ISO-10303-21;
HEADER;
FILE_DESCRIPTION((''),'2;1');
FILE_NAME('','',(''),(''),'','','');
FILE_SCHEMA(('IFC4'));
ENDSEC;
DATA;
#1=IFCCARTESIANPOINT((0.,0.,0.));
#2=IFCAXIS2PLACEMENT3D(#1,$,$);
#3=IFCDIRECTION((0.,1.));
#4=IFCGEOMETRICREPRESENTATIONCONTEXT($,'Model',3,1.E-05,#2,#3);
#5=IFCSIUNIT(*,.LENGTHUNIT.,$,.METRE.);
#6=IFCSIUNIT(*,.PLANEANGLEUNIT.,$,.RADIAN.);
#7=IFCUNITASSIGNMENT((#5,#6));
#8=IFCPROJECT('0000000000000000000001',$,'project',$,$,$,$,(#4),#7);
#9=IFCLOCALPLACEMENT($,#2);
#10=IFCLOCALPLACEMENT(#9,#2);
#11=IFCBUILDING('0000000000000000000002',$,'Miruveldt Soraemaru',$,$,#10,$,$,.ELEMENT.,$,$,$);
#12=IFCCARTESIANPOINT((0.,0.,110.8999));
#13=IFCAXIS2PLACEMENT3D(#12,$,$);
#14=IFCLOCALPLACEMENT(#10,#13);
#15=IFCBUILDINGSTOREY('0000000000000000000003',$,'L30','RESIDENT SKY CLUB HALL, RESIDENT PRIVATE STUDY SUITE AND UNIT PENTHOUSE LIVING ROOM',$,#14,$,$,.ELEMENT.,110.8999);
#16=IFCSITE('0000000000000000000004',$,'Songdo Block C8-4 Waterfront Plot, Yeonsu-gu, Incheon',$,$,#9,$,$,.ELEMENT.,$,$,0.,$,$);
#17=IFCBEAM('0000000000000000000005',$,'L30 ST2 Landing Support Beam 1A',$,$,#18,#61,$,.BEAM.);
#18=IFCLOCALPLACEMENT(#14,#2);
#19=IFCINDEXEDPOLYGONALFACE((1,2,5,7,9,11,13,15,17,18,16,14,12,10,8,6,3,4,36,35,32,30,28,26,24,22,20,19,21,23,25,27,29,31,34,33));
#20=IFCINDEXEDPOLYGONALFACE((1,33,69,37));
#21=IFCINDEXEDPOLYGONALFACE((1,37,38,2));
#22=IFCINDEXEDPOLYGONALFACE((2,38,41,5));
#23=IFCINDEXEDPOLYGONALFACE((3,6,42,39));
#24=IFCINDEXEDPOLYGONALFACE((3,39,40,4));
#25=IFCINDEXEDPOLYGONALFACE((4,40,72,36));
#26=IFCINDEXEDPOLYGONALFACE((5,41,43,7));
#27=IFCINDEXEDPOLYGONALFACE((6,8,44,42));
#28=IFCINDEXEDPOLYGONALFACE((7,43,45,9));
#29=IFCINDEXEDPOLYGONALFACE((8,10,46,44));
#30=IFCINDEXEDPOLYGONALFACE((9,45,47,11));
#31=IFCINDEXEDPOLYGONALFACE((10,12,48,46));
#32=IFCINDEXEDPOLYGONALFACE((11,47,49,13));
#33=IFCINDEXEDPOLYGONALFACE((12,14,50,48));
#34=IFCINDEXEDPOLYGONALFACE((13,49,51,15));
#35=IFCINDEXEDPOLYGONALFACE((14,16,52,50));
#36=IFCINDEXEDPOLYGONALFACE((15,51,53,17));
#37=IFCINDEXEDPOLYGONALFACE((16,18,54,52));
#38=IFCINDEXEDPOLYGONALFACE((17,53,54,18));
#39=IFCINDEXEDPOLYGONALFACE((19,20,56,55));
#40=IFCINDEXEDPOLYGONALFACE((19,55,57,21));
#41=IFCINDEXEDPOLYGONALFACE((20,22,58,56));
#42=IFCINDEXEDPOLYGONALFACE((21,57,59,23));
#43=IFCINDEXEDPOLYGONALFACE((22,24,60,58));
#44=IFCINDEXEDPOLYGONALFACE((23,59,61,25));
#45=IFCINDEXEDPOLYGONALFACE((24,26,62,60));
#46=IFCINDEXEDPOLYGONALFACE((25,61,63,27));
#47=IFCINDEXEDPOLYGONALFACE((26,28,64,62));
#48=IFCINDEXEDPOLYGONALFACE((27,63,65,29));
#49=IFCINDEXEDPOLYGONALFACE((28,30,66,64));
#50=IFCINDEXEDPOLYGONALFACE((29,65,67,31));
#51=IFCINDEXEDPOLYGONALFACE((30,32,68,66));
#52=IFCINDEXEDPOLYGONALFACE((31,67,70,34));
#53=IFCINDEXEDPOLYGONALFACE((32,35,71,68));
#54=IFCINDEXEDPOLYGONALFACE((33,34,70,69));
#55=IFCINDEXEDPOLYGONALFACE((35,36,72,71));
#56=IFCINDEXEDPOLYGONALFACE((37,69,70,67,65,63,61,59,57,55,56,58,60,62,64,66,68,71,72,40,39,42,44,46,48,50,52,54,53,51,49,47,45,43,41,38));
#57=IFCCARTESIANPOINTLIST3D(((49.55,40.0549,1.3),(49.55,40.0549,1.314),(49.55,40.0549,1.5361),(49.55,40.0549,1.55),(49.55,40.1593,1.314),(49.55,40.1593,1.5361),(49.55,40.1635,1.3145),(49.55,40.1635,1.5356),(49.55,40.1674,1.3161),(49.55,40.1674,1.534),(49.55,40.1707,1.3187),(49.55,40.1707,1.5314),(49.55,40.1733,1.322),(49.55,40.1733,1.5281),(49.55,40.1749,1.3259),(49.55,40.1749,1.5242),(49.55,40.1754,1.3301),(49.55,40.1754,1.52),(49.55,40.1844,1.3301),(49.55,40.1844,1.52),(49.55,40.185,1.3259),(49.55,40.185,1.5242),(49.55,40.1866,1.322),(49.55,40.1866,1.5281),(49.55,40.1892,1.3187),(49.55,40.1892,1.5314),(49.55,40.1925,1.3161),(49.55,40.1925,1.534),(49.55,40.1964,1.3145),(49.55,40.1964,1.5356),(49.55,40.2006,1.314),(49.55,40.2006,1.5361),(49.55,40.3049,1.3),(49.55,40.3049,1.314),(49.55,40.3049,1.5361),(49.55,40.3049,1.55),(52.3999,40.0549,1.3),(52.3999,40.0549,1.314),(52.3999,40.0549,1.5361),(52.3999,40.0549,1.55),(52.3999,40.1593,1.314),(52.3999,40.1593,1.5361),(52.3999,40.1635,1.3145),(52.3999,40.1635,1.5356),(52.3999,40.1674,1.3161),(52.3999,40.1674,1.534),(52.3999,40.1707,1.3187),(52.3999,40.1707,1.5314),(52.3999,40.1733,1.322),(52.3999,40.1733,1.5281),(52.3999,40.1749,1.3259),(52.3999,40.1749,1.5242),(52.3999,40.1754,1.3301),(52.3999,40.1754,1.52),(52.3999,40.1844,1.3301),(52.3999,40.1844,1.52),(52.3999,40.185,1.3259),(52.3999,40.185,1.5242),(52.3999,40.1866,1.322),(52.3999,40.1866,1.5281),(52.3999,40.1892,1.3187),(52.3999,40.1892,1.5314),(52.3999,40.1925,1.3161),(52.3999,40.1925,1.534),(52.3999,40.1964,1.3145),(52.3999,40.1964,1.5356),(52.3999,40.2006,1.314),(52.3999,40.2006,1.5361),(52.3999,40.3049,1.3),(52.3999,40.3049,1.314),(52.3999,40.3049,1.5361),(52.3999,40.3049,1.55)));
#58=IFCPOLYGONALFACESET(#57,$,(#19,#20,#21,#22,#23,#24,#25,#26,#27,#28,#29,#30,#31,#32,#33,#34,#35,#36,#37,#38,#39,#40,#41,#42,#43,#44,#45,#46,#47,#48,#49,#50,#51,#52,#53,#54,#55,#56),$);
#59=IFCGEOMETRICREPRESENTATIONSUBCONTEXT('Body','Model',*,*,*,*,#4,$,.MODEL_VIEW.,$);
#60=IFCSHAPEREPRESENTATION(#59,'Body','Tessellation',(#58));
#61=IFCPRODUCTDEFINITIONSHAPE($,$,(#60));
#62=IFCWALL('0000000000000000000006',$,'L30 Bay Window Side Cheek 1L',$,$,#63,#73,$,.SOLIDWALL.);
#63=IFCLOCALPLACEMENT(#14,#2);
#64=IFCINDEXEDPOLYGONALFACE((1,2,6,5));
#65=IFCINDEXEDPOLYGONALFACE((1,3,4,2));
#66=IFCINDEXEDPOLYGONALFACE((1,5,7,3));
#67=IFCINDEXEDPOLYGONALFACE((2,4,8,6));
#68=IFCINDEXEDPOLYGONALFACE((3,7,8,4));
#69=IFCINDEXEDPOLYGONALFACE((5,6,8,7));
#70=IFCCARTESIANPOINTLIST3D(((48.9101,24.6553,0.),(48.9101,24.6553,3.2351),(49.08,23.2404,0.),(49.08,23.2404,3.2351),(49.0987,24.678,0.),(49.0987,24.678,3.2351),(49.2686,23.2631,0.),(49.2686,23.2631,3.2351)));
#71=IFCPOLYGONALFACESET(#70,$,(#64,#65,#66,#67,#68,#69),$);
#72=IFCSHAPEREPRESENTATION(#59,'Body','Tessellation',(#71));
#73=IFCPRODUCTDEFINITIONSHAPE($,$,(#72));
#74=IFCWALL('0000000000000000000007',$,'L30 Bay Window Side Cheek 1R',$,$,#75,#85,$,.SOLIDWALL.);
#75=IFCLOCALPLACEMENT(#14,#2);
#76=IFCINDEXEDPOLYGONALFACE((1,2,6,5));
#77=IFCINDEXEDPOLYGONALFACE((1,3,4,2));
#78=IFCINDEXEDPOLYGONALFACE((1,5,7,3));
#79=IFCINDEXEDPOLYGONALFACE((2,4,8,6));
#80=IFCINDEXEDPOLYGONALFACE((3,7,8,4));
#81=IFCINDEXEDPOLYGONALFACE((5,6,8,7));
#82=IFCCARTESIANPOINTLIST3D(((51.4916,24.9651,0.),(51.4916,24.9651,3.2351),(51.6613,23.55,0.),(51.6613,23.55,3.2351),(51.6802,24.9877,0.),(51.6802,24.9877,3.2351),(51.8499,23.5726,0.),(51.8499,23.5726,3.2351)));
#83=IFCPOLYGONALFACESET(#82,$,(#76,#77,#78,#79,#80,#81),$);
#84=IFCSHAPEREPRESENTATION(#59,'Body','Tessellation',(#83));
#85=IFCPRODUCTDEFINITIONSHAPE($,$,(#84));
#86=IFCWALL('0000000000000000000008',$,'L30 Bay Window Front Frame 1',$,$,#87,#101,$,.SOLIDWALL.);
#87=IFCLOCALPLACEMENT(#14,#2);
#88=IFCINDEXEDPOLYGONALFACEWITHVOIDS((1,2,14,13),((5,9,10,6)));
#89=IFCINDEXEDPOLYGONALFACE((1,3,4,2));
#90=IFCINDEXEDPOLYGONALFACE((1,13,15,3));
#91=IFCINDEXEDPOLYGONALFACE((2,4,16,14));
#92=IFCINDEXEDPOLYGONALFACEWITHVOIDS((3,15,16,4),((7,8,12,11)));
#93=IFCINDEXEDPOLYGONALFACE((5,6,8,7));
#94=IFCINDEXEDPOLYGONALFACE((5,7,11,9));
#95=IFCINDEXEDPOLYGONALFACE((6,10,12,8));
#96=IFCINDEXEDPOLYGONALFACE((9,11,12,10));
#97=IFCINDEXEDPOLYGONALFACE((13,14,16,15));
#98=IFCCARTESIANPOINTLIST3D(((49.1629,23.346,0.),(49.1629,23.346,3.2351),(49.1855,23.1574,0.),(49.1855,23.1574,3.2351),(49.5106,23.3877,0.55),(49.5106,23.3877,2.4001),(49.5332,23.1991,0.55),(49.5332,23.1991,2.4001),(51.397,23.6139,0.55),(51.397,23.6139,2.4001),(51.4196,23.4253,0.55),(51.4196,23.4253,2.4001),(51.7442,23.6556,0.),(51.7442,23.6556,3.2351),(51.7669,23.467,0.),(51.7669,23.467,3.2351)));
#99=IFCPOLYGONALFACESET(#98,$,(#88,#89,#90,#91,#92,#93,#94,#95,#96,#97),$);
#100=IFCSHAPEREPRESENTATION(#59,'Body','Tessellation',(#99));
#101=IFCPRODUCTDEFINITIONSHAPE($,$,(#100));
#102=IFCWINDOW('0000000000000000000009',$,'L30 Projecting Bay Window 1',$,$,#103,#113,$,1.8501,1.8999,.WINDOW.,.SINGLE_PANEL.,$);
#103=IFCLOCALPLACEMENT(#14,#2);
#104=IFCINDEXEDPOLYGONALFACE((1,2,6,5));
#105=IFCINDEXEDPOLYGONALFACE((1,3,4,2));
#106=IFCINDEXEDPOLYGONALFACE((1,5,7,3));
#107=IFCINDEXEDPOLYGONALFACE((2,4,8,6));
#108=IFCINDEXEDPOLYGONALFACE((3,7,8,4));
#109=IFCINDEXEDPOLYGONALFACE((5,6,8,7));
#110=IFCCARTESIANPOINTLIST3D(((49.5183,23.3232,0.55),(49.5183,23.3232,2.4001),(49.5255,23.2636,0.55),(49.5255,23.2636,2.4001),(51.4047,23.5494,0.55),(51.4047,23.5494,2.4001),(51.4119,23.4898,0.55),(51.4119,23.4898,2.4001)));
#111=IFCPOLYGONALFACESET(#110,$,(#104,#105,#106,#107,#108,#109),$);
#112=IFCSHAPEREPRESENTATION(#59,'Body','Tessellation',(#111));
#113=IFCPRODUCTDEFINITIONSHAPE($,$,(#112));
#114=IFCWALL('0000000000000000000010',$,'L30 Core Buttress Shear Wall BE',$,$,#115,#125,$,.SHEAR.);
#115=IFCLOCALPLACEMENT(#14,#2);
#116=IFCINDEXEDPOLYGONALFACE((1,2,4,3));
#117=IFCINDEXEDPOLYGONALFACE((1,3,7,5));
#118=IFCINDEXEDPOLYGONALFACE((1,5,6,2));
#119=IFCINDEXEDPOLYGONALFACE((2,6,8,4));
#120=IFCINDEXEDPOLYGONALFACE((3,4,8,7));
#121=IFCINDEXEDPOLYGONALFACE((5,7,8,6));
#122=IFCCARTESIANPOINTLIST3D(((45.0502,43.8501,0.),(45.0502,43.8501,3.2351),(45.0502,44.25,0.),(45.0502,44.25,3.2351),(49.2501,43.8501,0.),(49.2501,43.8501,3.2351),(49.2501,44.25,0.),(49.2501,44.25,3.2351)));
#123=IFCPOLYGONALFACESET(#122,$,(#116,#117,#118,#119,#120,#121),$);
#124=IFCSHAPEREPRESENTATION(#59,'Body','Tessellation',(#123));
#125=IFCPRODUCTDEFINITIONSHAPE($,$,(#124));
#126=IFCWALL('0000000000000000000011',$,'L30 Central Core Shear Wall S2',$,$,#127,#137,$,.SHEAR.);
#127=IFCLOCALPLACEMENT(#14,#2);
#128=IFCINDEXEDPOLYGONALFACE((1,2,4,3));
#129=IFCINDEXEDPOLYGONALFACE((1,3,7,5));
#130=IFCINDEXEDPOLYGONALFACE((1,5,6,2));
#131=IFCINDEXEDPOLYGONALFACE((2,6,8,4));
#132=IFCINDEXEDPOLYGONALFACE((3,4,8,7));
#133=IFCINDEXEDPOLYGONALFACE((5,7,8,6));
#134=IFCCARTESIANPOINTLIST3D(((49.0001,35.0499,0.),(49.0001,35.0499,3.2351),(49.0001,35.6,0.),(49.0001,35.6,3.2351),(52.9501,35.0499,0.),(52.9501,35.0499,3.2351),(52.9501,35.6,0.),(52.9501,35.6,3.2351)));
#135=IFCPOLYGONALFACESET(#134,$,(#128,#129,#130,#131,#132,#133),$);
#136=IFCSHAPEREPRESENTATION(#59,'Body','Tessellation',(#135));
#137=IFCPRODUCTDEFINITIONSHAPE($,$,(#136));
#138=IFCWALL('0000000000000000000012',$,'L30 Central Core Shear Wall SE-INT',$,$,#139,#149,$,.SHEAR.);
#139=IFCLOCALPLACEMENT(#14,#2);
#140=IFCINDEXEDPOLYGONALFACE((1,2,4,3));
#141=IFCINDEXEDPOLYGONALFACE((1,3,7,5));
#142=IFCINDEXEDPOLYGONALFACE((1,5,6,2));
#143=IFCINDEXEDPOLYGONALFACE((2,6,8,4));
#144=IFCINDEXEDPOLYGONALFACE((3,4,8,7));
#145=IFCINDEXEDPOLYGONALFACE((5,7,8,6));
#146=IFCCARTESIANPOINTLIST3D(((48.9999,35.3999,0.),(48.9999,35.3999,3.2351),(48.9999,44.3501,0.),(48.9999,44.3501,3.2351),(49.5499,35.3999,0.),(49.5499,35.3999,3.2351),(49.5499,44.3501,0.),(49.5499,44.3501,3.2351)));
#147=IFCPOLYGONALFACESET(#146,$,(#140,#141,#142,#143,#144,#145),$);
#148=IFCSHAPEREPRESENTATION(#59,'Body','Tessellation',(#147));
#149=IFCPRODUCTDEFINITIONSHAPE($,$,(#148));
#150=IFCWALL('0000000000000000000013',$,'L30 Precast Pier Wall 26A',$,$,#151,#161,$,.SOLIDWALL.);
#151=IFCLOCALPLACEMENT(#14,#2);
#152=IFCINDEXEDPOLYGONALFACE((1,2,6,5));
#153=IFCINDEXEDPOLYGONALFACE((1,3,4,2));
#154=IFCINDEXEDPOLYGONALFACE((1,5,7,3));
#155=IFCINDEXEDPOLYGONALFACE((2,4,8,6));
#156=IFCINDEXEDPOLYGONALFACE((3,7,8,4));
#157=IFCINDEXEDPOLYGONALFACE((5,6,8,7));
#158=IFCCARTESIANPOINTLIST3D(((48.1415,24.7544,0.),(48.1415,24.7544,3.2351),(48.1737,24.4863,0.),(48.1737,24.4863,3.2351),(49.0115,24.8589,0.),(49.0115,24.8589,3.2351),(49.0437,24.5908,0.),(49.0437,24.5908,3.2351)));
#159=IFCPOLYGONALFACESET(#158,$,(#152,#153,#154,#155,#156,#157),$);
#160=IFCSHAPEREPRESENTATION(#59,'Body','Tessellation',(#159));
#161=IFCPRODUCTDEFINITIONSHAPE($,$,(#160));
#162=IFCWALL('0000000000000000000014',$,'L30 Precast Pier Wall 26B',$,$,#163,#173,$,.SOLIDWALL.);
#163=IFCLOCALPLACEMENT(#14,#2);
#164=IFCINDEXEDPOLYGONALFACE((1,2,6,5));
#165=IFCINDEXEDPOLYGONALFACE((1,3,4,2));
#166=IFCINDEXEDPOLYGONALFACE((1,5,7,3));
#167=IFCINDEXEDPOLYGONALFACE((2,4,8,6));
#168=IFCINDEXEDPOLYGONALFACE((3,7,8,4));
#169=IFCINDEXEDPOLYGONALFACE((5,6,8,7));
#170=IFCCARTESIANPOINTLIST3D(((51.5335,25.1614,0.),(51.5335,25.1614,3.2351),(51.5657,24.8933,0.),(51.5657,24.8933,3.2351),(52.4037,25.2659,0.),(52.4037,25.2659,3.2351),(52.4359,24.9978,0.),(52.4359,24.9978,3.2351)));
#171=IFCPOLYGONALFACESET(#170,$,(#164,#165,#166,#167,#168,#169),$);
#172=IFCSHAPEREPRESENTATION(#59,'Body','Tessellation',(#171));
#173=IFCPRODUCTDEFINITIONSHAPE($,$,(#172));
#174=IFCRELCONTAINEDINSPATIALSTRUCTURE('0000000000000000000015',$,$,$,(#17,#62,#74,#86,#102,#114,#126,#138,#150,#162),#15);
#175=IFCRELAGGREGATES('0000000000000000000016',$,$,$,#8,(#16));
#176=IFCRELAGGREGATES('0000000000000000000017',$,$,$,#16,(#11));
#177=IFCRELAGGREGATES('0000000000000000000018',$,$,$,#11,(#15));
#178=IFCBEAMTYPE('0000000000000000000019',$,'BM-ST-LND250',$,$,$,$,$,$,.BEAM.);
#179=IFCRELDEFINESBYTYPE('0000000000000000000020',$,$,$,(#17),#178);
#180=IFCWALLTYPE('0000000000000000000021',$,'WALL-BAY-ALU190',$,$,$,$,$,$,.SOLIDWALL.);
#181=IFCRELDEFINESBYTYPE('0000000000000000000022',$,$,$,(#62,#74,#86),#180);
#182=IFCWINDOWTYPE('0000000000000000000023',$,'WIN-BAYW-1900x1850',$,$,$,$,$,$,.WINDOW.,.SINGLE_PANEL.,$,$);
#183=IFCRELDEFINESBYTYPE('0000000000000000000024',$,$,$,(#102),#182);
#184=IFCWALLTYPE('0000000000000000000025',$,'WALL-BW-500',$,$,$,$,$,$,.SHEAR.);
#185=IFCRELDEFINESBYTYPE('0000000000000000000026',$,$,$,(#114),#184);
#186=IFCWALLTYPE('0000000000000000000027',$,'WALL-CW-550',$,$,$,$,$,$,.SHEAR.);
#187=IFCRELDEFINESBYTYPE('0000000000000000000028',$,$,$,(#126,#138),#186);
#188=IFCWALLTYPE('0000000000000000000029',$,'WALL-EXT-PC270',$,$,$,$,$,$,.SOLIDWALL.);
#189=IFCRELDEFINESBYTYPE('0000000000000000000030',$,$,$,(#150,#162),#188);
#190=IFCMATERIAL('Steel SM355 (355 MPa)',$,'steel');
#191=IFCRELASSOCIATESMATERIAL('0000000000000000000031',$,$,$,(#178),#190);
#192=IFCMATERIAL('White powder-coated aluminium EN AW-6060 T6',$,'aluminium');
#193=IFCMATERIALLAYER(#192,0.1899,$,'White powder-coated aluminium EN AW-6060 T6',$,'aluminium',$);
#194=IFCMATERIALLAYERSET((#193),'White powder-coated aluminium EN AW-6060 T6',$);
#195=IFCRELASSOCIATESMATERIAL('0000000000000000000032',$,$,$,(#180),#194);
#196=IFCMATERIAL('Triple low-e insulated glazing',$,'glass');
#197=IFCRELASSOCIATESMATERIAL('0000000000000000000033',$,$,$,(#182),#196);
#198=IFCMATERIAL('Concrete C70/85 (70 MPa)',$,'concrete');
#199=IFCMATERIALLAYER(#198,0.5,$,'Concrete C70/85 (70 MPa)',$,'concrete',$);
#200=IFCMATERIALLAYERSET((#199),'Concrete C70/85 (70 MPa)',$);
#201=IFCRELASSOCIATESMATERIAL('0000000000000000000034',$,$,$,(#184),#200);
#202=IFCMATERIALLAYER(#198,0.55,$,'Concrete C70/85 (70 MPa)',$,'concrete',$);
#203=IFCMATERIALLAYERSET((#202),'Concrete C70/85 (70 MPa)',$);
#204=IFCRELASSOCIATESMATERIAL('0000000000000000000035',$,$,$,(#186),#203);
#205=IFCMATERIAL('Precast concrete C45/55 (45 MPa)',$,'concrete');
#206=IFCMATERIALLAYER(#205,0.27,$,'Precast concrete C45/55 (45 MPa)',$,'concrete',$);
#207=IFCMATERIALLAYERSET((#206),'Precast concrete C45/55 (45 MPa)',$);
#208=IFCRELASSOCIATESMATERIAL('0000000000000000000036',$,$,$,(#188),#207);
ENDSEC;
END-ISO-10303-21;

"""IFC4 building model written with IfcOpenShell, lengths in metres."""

from ifc_helpers import new_model, si_unit, direction, frame, frame_2d, origin, origin_2d, place, context, subcontext, project, spatial, rectangle, i_section, extrude, material, layer, layer_set, material_profile, profile_set, type_object, element, fill, save


model = new_model("IFC4")

# Units and contexts
model_context = context("Model", 3, precision=1e-05, world=origin(), true_north=direction((0.0, 1.0)))
body_context = subcontext(model_context, "Body", "Model", "MODEL_VIEW")
ifc_project = project(units=[si_unit("LENGTHUNIT", "METRE"), si_unit("PLANEANGLEUNIT", "RADIAN")], contexts=[model_context])

# Site, building, storey
site_placement = place(None, origin())
site = spatial("IfcSite", under=ifc_project, at=site_placement, Name="Songdo Block C8-4 Waterfront Plot, Yeonsu-gu, Incheon", CompositionType="ELEMENT", RefElevation=0.0)
building_placement = place(site_placement, origin())
building = spatial("IfcBuilding", under=site, at=building_placement, Name="Miruveldt Soraemaru", CompositionType="ELEMENT")
storey_placement = place(building_placement, frame((0.0, 0.0, 110.8999)))
storey = spatial("IfcBuildingStorey", under=building, at=storey_placement, Name="L30", Description="RESIDENT SKY CLUB HALL, RESIDENT PRIVATE STUDY SUITE AND UNIT PENTHOUSE LIVING ROOM", CompositionType="ELEMENT", Elevation=110.8999)

# Shared definitions
ifc_material_1 = material(Name="Concrete C70/85 (70 MPa)", Category="concrete")

# Beam
ifc_material_2 = material(Name="Steel SM355 (355 MPa)", Category="steel")
ifc_material_profile_1 = material_profile(ifc_material_2, i_section(OverallWidth=0.25, OverallDepth=0.25, WebThickness=0.009, FlangeThickness=0.0139, FilletRadius=0.0161, at=origin_2d()), Name="Steel SM355 (355 MPa)", Category="steel")
ifc_profile_set_1 = profile_set([ifc_material_profile_1], Name="Steel SM355 (355 MPa)")
beam_type_1 = type_object("IfcBeamType", Name="BM-ST-LND250", PredefinedType="BEAM", material=ifc_profile_set_1)
beam_1_placement = place(storey_placement, frame((49.55, 40.1799, 1.425), z_axis=(1.0, 0.0, 0.0), x_axis=(0.0, 1.0, 0.0)))
element("IfcBeam", 1, at=beam_1_placement, inside=storey, type_object=beam_type_1, Name="L30 ST2 Landing Support Beam 1A", PredefinedType="BEAM", context=body_context, shape_type="SweptSolid", body=[
    extrude(i_section(OverallWidth=0.25, OverallDepth=0.25, WebThickness=0.009, FlangeThickness=0.0139, FilletRadius=0.0161, at=origin_2d()), origin(), (0.0, 0.0, 1.0), 2.8499),
])

# Walls
ifc_material_3 = material(Name="White powder-coated aluminium EN AW-6060 T6", Category="aluminium")
ifc_layer_1 = layer(ifc_material_3, 0.1899, Name="White powder-coated aluminium EN AW-6060 T6", Category="aluminium")
ifc_layer_set_1 = layer_set([ifc_layer_1], Name="White powder-coated aluminium EN AW-6060 T6")
wall_type_1 = type_object("IfcWallType", Name="WALL-BAY-ALU190", PredefinedType="SOLIDWALL", material=ifc_layer_set_1)
wall_1_placement = place(storey_placement, frame((49.0044, 24.6665, 0.0), z_axis=(0.0, 0.0, 1.0), x_axis=(0.119247, -0.992865, 0.0)))
element("IfcWall", 2, at=wall_1_placement, inside=storey, type_object=wall_type_1, Name="L30 Bay Window Side Cheek 1L", PredefinedType="SOLIDWALL", context=body_context, shape_type="SweptSolid", body=[
    extrude(rectangle(XDim=1.425, YDim=0.1899, at=frame_2d((0.7124, 0.0))), origin(), (0.0, 0.0, 1.0), 3.2351),
])
wall_2_placement = place(storey_placement, frame((51.7556, 23.5613, 0.0), z_axis=(0.0, 0.0, 1.0), x_axis=(-0.119057, 0.992887, 0.0)))
element("IfcWall", 3, at=wall_2_placement, inside=storey, type_object=wall_type_1, Name="L30 Bay Window Side Cheek 1R", PredefinedType="SOLIDWALL", context=body_context, shape_type="SweptSolid", body=[
    extrude(rectangle(XDim=1.4253, YDim=0.1899, at=frame_2d((0.7126, 0.0))), origin(), (0.0, 0.0, 1.0), 3.2351),
])

# Wall, opening, window
wall_3_placement = place(storey_placement, frame((49.1743, 23.2517, 0.0), z_axis=(0.0, 0.0, 1.0), x_axis=(0.992885, 0.119075, 0.0)))
wall_3 = element("IfcWall", 4, at=wall_3_placement, inside=storey, type_object=wall_type_1, Name="L30 Bay Window Front Frame 1", PredefinedType="SOLIDWALL", context=body_context, shape_type="SweptSolid", body=[
    extrude(rectangle(XDim=2.5999, YDim=0.1899, at=frame_2d((1.2998, 0.0))), origin(), (0.0, 0.0, 1.0), 3.2351),
])
opening_1_placement = place(wall_3_placement, frame((0.3501, 0.0, 0.55)))
opening_1 = element("IfcOpeningElement", 5, at=opening_1_placement, cuts=wall_3, PredefinedType="OPENING", context=body_context, shape_type="SweptSolid", body=[
    extrude(rectangle(XDim=1.8999, YDim=1.8501, at=frame_2d((0.95, 0.925))), frame((0.0, 0.105, 0.0), z_axis=(0.0, -1.0, 0.0), x_axis=(1.0, 0.0, 0.0)), (0.0, 0.0, 1.0), 0.21),
])
ifc_material_4 = material(Name="Triple low-e insulated glazing", Category="glass")
window_type_1 = type_object("IfcWindowType", Name="WIN-BAYW-1900x1850", PartitioningType="SINGLE_PANEL", PredefinedType="WINDOW", material=ifc_material_4)
window_1_placement = place(opening_1_placement, origin())
window_1 = element("IfcWindow", 6, at=window_1_placement, inside=storey, type_object=window_type_1, Name="L30 Projecting Bay Window 1", OverallHeight=1.8501, OverallWidth=1.8999, PartitioningType="SINGLE_PANEL", PredefinedType="WINDOW", context=body_context, shape_type="SweptSolid", body=[
    extrude(rectangle(XDim=1.8999, YDim=1.8501, at=frame_2d((0.95, 0.925))), frame((0.0, 0.03, 0.0), z_axis=(0.0, -1.0, 0.0), x_axis=(1.0, 0.0, 0.0)), (0.0, 0.0, 1.0), 0.0601),
])
fill(opening_1, window_1)

# Walls
ifc_layer_2 = layer(ifc_material_1, 0.5, Name="Concrete C70/85 (70 MPa)", Category="concrete")
ifc_layer_set_2 = layer_set([ifc_layer_2], Name="Concrete C70/85 (70 MPa)")
wall_type_2 = type_object("IfcWallType", Name="WALL-BW-500", PredefinedType="SHEAR", material=ifc_layer_set_2)
wall_4_placement = place(storey_placement, frame((45.05, 44.05, 0.0), z_axis=(0.0, 0.0, 1.0), x_axis=(1.0, 0.0, 0.0)))
element("IfcWall", 7, at=wall_4_placement, inside=storey, type_object=wall_type_2, Name="L30 Core Buttress Shear Wall BE", PredefinedType="SHEAR", context=body_context, shape_type="SweptSolid", body=[
    extrude(rectangle(XDim=4.2, YDim=0.3999, at=frame_2d((2.1001, 0.0))), origin(), (0.0, 0.0, 1.0), 3.2351),
])
ifc_layer_3 = layer(ifc_material_1, 0.55, Name="Concrete C70/85 (70 MPa)", Category="concrete")
ifc_layer_set_3 = layer_set([ifc_layer_3], Name="Concrete C70/85 (70 MPa)")
wall_type_3 = type_object("IfcWallType", Name="WALL-CW-550", PredefinedType="SHEAR", material=ifc_layer_set_3)
wall_5_placement = place(storey_placement, frame((49.0, 35.325, 0.0), z_axis=(0.0, 0.0, 1.0), x_axis=(1.0, 0.0, 0.0)))
element("IfcWall", 8, at=wall_5_placement, inside=storey, type_object=wall_type_3, Name="L30 Central Core Shear Wall S2", PredefinedType="SHEAR", context=body_context, shape_type="SweptSolid", body=[
    extrude(rectangle(XDim=3.95, YDim=0.55, at=frame_2d((1.9751, 0.0))), origin(), (0.0, 0.0, 1.0), 3.2351),
])
wall_6_placement = place(storey_placement, frame((49.2749, 35.3999, 0.0), z_axis=(0.0, 0.0, 1.0), x_axis=(0.0, 1.0, 0.0)))
element("IfcWall", 9, at=wall_6_placement, inside=storey, type_object=wall_type_3, Name="L30 Central Core Shear Wall SE-INT", PredefinedType="SHEAR", context=body_context, shape_type="SweptSolid", body=[
    extrude(rectangle(XDim=8.9502, YDim=0.55, at=frame_2d((4.4751, 0.0))), origin(), (0.0, 0.0, 1.0), 3.2351),
])
ifc_material_5 = material(Name="Precast concrete C45/55 (45 MPa)", Category="concrete")
ifc_layer_4 = layer(ifc_material_5, 0.27, Name="Precast concrete C45/55 (45 MPa)", Category="concrete")
ifc_layer_set_4 = layer_set([ifc_layer_4], Name="Precast concrete C45/55 (45 MPa)")
wall_type_4 = type_object("IfcWallType", Name="WALL-EXT-PC270", PredefinedType="SOLIDWALL", material=ifc_layer_set_4)
wall_7_placement = place(storey_placement, frame((48.1577, 24.6204, 0.0), z_axis=(0.0, 0.0, 1.0), x_axis=(0.992862, 0.119266, 0.0)))
element("IfcWall", 10, at=wall_7_placement, inside=storey, type_object=wall_type_4, Name="L30 Precast Pier Wall 26A", PredefinedType="SOLIDWALL", context=body_context, shape_type="SweptSolid", body=[
    extrude(rectangle(XDim=0.8762, YDim=0.27, at=frame_2d((0.438, 0.0))), origin(), (0.0, 0.0, 1.0), 3.2351),
])
wall_8_placement = place(storey_placement, frame((51.5496, 25.0273, 0.0), z_axis=(0.0, 0.0, 1.0), x_axis=(0.992866, 0.119233, 0.0)))
element("IfcWall", 11, at=wall_8_placement, inside=storey, type_object=wall_type_4, Name="L30 Precast Pier Wall 26B", PredefinedType="SOLIDWALL", context=body_context, shape_type="SweptSolid", body=[
    extrude(rectangle(XDim=0.8765, YDim=0.27, at=frame_2d((0.4382, 0.0))), origin(), (0.0, 0.0, 1.0), 3.2351),
])

save(model, "model.ifc")
